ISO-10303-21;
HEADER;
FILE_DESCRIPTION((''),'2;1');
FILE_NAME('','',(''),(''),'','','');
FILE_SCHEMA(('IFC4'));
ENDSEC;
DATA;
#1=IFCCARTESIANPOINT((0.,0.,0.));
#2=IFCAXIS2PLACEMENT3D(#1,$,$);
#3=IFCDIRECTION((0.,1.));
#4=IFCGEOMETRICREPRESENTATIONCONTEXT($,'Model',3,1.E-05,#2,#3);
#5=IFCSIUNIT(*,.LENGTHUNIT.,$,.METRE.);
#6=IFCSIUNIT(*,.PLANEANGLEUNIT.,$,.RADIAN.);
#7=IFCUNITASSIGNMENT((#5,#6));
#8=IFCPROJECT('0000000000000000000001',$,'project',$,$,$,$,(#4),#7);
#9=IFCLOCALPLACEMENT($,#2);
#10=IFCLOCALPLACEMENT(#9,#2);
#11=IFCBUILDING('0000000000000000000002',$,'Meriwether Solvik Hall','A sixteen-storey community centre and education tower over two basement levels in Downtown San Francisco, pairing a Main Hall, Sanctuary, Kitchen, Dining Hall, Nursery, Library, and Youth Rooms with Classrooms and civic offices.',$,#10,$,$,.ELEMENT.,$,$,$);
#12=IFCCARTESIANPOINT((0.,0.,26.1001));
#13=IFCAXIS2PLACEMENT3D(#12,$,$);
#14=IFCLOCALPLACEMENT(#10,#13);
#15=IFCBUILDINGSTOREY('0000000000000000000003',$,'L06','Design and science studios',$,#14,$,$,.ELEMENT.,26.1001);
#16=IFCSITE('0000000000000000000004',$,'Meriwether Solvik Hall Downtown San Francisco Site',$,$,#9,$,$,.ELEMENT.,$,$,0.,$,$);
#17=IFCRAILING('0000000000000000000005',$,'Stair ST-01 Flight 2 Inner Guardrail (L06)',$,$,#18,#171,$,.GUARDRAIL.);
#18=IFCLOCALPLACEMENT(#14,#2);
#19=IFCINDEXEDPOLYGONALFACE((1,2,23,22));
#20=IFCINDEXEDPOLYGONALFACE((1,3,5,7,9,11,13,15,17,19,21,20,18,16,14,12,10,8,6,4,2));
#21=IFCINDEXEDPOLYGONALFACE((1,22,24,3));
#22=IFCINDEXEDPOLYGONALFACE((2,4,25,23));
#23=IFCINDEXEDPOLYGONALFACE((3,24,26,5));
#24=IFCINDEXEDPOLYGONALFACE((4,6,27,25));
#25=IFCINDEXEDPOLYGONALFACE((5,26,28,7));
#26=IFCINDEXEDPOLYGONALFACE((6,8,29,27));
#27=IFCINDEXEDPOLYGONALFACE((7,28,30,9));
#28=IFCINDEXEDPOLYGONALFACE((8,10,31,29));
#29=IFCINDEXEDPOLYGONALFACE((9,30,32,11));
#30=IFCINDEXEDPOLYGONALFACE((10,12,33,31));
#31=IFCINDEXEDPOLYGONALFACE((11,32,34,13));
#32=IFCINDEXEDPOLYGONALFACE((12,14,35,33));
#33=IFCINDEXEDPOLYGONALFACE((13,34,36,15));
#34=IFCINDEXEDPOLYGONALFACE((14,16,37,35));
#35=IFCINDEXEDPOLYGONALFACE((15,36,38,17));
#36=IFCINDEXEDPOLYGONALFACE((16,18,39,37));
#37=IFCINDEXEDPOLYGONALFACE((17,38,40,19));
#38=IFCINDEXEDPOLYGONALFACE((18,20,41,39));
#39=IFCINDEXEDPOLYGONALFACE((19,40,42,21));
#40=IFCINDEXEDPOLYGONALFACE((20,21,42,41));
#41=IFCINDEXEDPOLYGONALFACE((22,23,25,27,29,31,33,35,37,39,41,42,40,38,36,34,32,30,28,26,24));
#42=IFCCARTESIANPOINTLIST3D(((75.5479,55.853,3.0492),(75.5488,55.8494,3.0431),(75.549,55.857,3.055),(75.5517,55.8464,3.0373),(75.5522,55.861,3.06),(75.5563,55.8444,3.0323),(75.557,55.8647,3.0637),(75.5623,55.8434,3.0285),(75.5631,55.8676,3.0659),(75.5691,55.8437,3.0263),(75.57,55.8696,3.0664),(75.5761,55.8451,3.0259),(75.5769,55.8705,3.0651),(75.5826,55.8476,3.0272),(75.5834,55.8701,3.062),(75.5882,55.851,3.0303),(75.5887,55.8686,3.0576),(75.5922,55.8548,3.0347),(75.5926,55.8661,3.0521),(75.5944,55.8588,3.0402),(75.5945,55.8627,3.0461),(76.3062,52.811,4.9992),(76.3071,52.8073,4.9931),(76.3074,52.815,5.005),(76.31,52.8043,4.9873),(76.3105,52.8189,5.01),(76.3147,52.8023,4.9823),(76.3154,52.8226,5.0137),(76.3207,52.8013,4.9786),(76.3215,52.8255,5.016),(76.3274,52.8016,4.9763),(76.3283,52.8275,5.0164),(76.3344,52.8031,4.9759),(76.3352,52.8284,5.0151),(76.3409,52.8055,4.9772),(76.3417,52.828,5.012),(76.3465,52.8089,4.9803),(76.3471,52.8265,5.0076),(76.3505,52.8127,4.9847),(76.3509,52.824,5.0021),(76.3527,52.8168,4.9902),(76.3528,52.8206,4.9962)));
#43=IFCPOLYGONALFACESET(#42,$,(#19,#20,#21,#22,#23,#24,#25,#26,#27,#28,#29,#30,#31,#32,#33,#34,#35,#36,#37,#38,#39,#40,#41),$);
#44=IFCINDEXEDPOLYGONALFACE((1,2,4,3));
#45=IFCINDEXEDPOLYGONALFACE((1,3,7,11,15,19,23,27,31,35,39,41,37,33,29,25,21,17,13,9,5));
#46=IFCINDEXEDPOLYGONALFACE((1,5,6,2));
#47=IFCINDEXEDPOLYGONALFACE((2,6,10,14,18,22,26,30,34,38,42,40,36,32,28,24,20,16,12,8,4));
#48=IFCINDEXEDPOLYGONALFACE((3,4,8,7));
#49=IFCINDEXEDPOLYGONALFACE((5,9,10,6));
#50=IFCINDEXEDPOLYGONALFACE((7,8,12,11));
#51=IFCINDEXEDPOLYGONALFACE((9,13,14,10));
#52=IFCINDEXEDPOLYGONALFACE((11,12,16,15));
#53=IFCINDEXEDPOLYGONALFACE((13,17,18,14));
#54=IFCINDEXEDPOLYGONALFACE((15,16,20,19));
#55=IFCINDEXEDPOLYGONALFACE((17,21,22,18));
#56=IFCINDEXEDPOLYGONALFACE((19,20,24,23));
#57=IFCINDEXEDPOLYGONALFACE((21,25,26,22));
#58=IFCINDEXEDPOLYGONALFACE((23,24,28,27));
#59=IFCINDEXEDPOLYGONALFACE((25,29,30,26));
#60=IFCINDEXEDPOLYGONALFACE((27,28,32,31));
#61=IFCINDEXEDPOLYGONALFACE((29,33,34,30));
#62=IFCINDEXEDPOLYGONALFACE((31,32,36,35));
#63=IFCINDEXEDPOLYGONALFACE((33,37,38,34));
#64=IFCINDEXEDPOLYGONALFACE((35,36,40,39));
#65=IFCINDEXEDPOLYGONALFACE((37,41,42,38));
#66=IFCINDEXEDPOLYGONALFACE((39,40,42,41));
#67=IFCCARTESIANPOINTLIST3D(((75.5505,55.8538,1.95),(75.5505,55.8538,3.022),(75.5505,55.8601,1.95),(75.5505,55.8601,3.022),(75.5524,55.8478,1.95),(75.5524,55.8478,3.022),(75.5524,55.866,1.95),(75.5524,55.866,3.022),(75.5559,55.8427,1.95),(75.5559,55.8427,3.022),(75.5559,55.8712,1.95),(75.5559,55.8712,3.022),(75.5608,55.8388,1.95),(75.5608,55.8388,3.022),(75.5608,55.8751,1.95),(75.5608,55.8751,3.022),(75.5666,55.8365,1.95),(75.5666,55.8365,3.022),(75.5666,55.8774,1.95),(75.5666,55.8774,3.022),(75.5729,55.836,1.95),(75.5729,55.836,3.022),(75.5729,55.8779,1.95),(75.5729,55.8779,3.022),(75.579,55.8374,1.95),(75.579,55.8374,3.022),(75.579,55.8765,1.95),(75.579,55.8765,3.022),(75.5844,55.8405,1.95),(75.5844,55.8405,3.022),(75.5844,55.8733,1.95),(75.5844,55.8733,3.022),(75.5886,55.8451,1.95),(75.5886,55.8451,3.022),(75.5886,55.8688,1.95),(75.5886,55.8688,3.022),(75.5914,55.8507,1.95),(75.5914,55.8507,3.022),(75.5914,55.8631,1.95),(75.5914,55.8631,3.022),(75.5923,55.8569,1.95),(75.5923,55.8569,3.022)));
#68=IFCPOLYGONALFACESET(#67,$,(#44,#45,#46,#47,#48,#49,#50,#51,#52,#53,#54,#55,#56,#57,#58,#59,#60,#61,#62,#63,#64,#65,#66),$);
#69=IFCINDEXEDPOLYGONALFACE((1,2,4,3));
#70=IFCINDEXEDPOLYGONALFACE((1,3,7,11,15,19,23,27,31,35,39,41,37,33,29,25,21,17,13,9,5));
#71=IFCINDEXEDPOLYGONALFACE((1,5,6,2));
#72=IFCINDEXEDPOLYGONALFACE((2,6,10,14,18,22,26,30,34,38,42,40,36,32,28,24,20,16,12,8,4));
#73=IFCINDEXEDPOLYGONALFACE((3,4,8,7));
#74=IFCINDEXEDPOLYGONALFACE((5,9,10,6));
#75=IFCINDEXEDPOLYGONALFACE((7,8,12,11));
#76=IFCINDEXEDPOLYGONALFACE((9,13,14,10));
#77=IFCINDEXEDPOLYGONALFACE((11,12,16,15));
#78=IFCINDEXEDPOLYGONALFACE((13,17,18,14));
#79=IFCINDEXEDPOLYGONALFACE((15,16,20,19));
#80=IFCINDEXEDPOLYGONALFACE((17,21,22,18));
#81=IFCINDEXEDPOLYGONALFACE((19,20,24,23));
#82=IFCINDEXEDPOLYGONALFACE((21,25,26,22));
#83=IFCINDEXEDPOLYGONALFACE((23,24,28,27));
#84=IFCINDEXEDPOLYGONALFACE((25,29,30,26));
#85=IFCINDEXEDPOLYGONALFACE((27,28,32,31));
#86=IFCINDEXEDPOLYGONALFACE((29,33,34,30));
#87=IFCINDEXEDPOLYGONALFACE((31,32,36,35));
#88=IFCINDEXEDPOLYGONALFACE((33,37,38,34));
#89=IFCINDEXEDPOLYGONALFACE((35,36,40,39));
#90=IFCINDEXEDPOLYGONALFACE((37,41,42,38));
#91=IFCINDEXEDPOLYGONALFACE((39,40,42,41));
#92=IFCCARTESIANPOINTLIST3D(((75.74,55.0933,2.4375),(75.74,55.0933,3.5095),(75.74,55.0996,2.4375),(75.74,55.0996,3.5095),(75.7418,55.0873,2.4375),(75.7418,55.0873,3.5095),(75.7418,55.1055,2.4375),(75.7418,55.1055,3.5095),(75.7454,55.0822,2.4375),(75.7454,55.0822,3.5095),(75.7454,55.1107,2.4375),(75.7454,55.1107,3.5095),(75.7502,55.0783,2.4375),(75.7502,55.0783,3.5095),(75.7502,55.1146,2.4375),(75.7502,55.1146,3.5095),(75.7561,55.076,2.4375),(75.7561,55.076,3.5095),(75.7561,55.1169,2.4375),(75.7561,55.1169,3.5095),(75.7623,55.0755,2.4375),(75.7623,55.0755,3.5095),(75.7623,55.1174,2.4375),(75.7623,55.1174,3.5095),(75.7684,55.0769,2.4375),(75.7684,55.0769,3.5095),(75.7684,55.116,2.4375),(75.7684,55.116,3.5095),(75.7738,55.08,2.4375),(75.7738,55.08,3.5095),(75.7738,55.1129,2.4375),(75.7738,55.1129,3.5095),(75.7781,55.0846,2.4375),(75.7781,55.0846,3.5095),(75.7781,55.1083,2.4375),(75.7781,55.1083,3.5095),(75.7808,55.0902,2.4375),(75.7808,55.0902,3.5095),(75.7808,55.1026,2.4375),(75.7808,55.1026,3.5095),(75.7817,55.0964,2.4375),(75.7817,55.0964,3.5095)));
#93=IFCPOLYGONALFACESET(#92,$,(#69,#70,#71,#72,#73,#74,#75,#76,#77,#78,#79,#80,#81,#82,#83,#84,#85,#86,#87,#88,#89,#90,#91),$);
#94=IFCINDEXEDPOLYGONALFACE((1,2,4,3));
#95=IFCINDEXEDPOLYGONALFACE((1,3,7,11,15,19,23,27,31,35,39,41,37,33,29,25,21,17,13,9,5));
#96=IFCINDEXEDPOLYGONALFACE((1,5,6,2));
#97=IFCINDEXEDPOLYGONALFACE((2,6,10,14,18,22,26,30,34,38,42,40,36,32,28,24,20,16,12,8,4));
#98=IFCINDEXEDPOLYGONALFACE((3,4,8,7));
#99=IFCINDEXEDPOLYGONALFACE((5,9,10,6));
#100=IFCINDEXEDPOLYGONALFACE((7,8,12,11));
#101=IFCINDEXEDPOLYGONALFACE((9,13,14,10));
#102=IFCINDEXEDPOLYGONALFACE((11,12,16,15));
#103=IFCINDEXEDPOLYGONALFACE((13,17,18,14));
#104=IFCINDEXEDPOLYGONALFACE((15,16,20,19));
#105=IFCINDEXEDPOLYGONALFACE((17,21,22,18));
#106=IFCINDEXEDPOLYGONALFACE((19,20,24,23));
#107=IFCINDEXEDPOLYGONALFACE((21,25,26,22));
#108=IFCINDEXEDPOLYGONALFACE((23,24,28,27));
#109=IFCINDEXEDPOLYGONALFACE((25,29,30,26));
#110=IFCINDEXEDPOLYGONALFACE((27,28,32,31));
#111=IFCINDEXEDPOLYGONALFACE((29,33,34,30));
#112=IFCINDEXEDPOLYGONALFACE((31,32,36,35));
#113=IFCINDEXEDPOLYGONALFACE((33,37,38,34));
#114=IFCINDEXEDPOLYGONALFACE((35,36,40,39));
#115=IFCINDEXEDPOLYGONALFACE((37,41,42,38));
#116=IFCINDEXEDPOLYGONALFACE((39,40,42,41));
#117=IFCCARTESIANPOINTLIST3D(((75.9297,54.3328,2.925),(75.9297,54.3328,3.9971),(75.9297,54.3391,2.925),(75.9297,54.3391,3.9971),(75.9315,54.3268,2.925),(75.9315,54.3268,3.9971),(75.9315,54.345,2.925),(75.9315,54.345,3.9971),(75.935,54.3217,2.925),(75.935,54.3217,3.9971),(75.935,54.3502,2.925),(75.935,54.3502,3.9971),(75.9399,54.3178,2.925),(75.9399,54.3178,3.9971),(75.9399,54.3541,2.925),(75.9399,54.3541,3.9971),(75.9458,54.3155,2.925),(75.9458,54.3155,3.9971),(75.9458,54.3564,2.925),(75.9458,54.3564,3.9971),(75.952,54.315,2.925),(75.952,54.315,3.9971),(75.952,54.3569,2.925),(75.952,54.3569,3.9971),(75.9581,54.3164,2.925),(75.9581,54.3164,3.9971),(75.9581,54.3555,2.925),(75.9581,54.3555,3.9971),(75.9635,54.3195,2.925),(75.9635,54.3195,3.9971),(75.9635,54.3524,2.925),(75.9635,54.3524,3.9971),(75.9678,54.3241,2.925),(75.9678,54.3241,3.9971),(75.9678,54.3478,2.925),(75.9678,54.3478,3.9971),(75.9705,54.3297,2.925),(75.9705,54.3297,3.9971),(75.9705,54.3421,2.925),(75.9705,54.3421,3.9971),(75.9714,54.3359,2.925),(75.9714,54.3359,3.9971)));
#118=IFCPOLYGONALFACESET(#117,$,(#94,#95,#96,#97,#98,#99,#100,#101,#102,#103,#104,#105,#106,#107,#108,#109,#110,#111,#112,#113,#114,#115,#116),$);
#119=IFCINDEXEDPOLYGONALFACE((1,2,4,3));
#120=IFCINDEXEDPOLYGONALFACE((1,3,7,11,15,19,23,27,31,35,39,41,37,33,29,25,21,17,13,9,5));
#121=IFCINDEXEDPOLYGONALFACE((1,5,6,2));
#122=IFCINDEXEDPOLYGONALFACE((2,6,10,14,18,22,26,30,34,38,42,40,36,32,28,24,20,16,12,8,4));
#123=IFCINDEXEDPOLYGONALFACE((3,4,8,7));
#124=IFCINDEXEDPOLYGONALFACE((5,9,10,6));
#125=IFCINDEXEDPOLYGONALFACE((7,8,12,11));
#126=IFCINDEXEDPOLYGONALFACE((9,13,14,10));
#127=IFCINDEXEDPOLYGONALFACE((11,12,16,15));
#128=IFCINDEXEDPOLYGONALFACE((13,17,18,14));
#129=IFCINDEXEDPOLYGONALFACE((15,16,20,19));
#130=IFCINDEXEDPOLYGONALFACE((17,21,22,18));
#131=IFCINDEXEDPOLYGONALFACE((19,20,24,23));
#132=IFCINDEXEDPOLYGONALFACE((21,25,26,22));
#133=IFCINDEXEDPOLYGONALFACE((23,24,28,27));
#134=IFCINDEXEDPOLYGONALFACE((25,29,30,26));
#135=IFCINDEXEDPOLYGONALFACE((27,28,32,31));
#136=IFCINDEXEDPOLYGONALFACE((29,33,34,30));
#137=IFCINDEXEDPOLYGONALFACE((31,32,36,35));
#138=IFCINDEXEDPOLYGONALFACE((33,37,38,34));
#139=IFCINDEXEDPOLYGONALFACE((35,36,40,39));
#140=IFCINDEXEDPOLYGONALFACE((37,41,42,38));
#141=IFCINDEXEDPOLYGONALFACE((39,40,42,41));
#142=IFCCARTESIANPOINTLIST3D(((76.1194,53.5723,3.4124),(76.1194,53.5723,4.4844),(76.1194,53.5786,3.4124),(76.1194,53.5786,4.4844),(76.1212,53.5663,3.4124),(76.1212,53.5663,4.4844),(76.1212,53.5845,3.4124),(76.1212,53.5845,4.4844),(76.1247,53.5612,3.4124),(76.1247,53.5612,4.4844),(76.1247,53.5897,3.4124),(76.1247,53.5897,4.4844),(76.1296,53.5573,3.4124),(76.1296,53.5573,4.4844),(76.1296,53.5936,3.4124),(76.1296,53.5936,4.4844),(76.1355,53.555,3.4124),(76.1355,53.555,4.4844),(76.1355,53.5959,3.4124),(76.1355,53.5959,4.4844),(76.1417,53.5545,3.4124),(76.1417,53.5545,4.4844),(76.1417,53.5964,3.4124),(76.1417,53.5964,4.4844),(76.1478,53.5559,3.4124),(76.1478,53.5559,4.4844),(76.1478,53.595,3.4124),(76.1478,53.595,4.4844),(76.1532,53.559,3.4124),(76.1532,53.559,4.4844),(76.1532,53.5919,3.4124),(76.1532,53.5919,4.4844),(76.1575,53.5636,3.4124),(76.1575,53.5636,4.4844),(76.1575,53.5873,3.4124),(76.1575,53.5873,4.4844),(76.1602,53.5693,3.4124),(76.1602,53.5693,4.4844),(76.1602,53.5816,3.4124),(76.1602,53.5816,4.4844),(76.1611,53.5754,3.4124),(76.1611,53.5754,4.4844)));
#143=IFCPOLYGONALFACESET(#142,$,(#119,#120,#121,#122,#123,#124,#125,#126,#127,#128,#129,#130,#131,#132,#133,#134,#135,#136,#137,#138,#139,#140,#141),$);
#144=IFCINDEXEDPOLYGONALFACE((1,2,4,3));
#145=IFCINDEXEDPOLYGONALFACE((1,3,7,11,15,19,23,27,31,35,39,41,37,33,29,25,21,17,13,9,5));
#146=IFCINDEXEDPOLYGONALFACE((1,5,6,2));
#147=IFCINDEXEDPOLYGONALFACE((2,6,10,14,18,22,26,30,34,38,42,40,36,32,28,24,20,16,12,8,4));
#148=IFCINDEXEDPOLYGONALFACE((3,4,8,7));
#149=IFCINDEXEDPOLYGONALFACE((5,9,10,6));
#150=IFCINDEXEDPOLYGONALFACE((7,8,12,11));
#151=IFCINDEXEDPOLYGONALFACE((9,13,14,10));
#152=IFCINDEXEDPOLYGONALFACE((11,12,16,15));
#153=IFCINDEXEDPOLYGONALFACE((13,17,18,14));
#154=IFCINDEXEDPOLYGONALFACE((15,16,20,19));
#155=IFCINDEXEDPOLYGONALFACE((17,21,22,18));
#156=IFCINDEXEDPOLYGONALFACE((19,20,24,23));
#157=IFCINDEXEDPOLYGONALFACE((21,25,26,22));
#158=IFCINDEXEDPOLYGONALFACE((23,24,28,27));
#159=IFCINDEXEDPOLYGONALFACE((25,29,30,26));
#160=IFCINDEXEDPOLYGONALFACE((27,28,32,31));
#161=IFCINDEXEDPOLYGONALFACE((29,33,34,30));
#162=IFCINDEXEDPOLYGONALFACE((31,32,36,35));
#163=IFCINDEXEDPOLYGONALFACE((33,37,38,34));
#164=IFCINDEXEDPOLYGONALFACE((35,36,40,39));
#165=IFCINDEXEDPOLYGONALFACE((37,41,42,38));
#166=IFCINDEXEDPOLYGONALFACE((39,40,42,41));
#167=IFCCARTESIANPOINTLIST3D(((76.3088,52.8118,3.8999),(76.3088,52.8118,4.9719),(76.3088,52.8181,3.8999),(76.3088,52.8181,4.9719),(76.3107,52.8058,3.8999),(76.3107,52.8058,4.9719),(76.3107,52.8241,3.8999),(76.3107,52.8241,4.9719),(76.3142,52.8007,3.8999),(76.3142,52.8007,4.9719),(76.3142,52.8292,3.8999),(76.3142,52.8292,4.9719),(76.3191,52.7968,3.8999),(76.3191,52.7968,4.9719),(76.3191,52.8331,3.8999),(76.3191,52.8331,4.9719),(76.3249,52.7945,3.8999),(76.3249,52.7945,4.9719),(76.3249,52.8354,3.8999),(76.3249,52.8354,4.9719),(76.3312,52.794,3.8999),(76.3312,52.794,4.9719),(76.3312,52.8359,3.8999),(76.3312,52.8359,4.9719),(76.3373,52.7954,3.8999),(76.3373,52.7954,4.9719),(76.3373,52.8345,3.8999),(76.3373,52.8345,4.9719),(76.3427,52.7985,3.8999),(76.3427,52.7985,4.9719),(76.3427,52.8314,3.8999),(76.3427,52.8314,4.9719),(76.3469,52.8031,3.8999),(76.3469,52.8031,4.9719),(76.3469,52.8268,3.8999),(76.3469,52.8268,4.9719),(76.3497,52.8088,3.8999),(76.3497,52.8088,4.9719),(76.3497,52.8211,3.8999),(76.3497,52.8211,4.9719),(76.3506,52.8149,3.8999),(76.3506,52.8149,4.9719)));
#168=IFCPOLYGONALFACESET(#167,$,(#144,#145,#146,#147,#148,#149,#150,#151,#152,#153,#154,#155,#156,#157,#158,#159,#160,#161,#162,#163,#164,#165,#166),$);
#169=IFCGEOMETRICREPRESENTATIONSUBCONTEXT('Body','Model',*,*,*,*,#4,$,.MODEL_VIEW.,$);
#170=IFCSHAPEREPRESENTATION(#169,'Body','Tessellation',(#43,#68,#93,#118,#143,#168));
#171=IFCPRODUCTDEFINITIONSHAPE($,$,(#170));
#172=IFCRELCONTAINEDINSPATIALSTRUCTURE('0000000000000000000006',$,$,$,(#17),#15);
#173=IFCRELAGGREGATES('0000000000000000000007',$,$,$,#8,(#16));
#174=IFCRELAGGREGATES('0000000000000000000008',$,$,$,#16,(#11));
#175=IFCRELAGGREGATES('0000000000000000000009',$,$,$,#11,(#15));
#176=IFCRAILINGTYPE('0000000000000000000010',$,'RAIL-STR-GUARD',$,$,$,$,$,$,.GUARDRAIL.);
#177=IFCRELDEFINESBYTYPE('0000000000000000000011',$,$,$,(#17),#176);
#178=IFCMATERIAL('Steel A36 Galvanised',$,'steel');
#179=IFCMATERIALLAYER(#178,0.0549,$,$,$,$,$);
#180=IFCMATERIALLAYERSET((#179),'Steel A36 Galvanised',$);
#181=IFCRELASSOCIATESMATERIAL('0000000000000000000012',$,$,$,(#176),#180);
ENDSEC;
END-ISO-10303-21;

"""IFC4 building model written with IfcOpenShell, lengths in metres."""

from ifc_helpers import new_model, si_unit, direction, frame, origin, origin_2d, place, context, subcontext, project, spatial, circle, extrude, material, layer, layer_set, type_object, element, save


model = new_model("IFC4")

# Units and contexts
model_context = context("Model", 3, precision=1e-05, world=origin(), true_north=direction((0.0, 1.0)))
body_context = subcontext(model_context, "Body", "Model", "MODEL_VIEW")
ifc_project = project(units=[si_unit("LENGTHUNIT", "METRE"), si_unit("PLANEANGLEUNIT", "RADIAN")], contexts=[model_context])

# Site, building, storey
site_placement = place(None, origin())
site = spatial("IfcSite", under=ifc_project, at=site_placement, Name="Meriwether Solvik Hall Downtown San Francisco Site", CompositionType="ELEMENT", RefElevation=0.0)
building_placement = place(site_placement, origin())
building = spatial("IfcBuilding", under=site, at=building_placement, Name="Meriwether Solvik Hall", Description="A sixteen-storey community centre and education tower over two basement levels in Downtown San Francisco, pairing a Main Hall, Sanctuary, Kitchen, Dining Hall, Nursery, Library, and Youth Rooms with Classrooms and civic offices.", CompositionType="ELEMENT")
storey_placement = place(building_placement, frame((0.0, 0.0, 26.1001)))
storey = spatial("IfcBuildingStorey", under=building, at=storey_placement, Name="L06", Description="Design and science studios", CompositionType="ELEMENT", Elevation=26.1001)

# Railing
ifc_material_1 = material(Name="Steel A36 Galvanised", Category="steel")
ifc_layer_1 = layer(ifc_material_1, 0.0549)
ifc_layer_set_1 = layer_set([ifc_layer_1], Name="Steel A36 Galvanised")
railing_type_1 = type_object("IfcRailingType", Name="RAIL-STR-GUARD", PredefinedType="GUARDRAIL", material=ifc_layer_set_1)
railing_1_placement = place(storey_placement, frame((75.5713, 55.8569, 1.95)))
element("IfcRailing", 1, at=railing_1_placement, inside=storey, type_object=railing_type_1, Name="Stair ST-01 Flight 2 Inner Guardrail (L06)", PredefinedType="GUARDRAIL", context=body_context, shape_type="SweptSolid", body=[
    extrude(circle(Radius=0.0239, at=origin_2d()), frame((0.0, 0.0, 1.0962), z_axis=(0.205389, -0.823936, 0.528152), x_axis=(0.970307, 0.241876, 0.0)), (0.0, 0.0, 1.0), 3.6921),
    extrude(circle(Radius=0.021, at=origin_2d()), origin(), (0.0, 0.0, 1.0), 1.072),
    extrude(circle(Radius=0.021, at=origin_2d()), frame((0.1895, -0.7605, 0.4875)), (0.0, 0.0, 1.0), 1.072),
    extrude(circle(Radius=0.021, at=origin_2d()), frame((0.3792, -1.521, 0.9751)), (0.0, 0.0, 1.0), 1.072),
    extrude(circle(Radius=0.021, at=origin_2d()), frame((0.5688, -2.2815, 1.4624)), (0.0, 0.0, 1.0), 1.072),
    extrude(circle(Radius=0.021, at=origin_2d()), frame((0.7583, -3.042, 1.95)), (0.0, 0.0, 1.0), 1.072),
])

save(model, "model.ifc")
